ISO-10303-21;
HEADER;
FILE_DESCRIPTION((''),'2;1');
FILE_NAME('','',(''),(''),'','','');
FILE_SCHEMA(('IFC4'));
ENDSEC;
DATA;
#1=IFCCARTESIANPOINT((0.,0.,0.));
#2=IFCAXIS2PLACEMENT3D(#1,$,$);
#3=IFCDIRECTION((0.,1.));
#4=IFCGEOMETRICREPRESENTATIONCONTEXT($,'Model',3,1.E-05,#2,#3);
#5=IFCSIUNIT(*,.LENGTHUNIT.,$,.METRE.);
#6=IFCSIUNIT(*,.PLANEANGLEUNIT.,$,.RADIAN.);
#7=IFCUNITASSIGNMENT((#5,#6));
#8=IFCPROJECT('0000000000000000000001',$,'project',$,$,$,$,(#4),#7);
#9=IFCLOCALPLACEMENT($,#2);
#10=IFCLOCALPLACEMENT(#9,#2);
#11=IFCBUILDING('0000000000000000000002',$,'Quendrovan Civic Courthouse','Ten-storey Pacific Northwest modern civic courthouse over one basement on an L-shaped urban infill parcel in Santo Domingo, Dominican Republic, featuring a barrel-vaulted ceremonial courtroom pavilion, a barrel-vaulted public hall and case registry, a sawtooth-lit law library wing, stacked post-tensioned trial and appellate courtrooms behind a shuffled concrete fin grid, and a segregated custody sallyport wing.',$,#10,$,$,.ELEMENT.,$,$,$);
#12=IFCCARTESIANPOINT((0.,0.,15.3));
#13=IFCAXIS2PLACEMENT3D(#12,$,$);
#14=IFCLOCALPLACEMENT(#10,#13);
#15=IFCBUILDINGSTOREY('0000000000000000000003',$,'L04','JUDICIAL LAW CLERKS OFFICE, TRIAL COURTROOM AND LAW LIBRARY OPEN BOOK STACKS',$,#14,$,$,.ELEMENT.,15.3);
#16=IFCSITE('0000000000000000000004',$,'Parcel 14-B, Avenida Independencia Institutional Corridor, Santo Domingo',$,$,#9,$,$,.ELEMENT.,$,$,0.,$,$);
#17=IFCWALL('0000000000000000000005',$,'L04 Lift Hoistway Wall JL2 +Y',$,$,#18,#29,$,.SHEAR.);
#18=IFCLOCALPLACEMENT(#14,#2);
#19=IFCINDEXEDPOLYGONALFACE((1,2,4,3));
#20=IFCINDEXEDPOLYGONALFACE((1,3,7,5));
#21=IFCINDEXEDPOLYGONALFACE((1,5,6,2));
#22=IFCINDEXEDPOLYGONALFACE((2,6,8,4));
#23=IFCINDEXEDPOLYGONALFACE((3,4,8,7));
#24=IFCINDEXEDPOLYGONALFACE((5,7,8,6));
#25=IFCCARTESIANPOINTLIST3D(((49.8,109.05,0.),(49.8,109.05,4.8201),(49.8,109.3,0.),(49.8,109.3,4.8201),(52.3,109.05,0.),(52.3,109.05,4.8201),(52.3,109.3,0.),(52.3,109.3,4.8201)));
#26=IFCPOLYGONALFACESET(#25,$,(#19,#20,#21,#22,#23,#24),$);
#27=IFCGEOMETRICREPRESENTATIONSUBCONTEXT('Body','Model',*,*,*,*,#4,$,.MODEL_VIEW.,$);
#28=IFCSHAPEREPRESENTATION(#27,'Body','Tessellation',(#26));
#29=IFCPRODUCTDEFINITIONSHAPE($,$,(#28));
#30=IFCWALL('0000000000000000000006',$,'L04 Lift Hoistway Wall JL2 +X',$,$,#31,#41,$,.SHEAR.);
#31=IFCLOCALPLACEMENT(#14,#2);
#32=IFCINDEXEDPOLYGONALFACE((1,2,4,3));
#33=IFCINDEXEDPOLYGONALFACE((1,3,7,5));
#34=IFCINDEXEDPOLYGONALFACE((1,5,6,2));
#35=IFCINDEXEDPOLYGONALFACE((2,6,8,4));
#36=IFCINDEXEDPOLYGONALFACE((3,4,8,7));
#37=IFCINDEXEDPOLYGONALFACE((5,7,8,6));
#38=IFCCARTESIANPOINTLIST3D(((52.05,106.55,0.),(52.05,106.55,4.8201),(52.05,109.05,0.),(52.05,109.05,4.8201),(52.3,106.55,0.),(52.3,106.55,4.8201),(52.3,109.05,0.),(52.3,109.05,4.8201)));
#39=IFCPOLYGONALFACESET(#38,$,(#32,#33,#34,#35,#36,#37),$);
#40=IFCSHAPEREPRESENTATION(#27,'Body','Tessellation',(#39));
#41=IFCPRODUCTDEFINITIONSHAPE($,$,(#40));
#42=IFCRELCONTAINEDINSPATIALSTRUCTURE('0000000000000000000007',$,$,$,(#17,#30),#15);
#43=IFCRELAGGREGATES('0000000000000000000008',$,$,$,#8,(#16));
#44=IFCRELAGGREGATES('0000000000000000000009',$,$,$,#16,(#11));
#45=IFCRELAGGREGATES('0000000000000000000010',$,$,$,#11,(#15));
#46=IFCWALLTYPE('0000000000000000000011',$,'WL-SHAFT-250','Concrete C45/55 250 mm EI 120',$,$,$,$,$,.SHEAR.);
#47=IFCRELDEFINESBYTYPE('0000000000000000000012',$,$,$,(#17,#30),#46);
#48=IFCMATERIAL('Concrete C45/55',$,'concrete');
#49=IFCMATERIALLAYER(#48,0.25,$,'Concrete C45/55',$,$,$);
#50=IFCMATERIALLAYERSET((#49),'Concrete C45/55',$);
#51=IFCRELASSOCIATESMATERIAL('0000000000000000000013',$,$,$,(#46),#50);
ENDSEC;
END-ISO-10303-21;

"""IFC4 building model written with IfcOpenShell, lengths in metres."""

from ifc_helpers import new_model, si_unit, direction, frame, frame_2d, origin, place, context, subcontext, project, spatial, rectangle, extrude, material, layer, layer_set, type_object, element, save


model = new_model("IFC4")

# Units and contexts
model_context = context("Model", 3, precision=1e-05, world=origin(), true_north=direction((0.0, 1.0)))
body_context = subcontext(model_context, "Body", "Model", "MODEL_VIEW")
ifc_project = project(units=[si_unit("LENGTHUNIT", "METRE"), si_unit("PLANEANGLEUNIT", "RADIAN")], contexts=[model_context])

# Site, building, storey
site_placement = place(None, origin())
site = spatial("IfcSite", under=ifc_project, at=site_placement, Name="Parcel 14-B, Avenida Independencia Institutional Corridor, Santo Domingo", CompositionType="ELEMENT", RefElevation=0.0)
building_placement = place(site_placement, origin())
building = spatial("IfcBuilding", under=site, at=building_placement, Name="Quendrovan Civic Courthouse", Description="Ten-storey Pacific Northwest modern civic courthouse over one basement on an L-shaped urban infill parcel in Santo Domingo, Dominican Republic, featuring a barrel-vaulted ceremonial courtroom pavilion, a barrel-vaulted public hall and case registry, a sawtooth-lit law library wing, stacked post-tensioned trial and appellate courtrooms behind a shuffled concrete fin grid, and a segregated custody sallyport wing.", CompositionType="ELEMENT")
storey_placement = place(building_placement, frame((0.0, 0.0, 15.3)))
storey = spatial("IfcBuildingStorey", under=building, at=storey_placement, Name="L04", Description="JUDICIAL LAW CLERKS OFFICE, TRIAL COURTROOM AND LAW LIBRARY OPEN BOOK STACKS", CompositionType="ELEMENT", Elevation=15.3)

# Shared definitions
ifc_material_1 = material(Name="Concrete C45/55", Category="concrete")

# Shared definitions
ifc_layer_1 = layer(ifc_material_1, 0.25, Name="Concrete C45/55")
ifc_layer_set_1 = layer_set([ifc_layer_1], Name="Concrete C45/55")
wall_type_1 = type_object("IfcWallType", Name="WL-SHAFT-250", Description="Concrete C45/55 250 mm EI 120", PredefinedType="SHEAR", material=ifc_layer_set_1)

# Walls
for number, where, z_axis, x_axis, name in (
    (1, (52.3, 109.175, 0.0), (0.0, 0.0, 1.0), (-1.0, 0.0, 0.0), "L04 Lift Hoistway Wall JL2 +Y"),
    (2, (52.175, 109.05, 0.0), (0.0, 0.0, 1.0), (0.0, -1.0, 0.0), "L04 Lift Hoistway Wall JL2 +X"),
):
    element("IfcWall", number, at=place(storey_placement, frame(where, z_axis=z_axis, x_axis=x_axis)), inside=storey, type_object=wall_type_1, Name=name, PredefinedType="SHEAR", context=body_context, shape_type="SweptSolid", body=[
        extrude(rectangle(XDim=2.5, YDim=0.25, at=frame_2d((1.25, 0.0))), origin(), (0.0, 0.0, 1.0), 4.8201),
    ])

save(model, "model.ifc")
